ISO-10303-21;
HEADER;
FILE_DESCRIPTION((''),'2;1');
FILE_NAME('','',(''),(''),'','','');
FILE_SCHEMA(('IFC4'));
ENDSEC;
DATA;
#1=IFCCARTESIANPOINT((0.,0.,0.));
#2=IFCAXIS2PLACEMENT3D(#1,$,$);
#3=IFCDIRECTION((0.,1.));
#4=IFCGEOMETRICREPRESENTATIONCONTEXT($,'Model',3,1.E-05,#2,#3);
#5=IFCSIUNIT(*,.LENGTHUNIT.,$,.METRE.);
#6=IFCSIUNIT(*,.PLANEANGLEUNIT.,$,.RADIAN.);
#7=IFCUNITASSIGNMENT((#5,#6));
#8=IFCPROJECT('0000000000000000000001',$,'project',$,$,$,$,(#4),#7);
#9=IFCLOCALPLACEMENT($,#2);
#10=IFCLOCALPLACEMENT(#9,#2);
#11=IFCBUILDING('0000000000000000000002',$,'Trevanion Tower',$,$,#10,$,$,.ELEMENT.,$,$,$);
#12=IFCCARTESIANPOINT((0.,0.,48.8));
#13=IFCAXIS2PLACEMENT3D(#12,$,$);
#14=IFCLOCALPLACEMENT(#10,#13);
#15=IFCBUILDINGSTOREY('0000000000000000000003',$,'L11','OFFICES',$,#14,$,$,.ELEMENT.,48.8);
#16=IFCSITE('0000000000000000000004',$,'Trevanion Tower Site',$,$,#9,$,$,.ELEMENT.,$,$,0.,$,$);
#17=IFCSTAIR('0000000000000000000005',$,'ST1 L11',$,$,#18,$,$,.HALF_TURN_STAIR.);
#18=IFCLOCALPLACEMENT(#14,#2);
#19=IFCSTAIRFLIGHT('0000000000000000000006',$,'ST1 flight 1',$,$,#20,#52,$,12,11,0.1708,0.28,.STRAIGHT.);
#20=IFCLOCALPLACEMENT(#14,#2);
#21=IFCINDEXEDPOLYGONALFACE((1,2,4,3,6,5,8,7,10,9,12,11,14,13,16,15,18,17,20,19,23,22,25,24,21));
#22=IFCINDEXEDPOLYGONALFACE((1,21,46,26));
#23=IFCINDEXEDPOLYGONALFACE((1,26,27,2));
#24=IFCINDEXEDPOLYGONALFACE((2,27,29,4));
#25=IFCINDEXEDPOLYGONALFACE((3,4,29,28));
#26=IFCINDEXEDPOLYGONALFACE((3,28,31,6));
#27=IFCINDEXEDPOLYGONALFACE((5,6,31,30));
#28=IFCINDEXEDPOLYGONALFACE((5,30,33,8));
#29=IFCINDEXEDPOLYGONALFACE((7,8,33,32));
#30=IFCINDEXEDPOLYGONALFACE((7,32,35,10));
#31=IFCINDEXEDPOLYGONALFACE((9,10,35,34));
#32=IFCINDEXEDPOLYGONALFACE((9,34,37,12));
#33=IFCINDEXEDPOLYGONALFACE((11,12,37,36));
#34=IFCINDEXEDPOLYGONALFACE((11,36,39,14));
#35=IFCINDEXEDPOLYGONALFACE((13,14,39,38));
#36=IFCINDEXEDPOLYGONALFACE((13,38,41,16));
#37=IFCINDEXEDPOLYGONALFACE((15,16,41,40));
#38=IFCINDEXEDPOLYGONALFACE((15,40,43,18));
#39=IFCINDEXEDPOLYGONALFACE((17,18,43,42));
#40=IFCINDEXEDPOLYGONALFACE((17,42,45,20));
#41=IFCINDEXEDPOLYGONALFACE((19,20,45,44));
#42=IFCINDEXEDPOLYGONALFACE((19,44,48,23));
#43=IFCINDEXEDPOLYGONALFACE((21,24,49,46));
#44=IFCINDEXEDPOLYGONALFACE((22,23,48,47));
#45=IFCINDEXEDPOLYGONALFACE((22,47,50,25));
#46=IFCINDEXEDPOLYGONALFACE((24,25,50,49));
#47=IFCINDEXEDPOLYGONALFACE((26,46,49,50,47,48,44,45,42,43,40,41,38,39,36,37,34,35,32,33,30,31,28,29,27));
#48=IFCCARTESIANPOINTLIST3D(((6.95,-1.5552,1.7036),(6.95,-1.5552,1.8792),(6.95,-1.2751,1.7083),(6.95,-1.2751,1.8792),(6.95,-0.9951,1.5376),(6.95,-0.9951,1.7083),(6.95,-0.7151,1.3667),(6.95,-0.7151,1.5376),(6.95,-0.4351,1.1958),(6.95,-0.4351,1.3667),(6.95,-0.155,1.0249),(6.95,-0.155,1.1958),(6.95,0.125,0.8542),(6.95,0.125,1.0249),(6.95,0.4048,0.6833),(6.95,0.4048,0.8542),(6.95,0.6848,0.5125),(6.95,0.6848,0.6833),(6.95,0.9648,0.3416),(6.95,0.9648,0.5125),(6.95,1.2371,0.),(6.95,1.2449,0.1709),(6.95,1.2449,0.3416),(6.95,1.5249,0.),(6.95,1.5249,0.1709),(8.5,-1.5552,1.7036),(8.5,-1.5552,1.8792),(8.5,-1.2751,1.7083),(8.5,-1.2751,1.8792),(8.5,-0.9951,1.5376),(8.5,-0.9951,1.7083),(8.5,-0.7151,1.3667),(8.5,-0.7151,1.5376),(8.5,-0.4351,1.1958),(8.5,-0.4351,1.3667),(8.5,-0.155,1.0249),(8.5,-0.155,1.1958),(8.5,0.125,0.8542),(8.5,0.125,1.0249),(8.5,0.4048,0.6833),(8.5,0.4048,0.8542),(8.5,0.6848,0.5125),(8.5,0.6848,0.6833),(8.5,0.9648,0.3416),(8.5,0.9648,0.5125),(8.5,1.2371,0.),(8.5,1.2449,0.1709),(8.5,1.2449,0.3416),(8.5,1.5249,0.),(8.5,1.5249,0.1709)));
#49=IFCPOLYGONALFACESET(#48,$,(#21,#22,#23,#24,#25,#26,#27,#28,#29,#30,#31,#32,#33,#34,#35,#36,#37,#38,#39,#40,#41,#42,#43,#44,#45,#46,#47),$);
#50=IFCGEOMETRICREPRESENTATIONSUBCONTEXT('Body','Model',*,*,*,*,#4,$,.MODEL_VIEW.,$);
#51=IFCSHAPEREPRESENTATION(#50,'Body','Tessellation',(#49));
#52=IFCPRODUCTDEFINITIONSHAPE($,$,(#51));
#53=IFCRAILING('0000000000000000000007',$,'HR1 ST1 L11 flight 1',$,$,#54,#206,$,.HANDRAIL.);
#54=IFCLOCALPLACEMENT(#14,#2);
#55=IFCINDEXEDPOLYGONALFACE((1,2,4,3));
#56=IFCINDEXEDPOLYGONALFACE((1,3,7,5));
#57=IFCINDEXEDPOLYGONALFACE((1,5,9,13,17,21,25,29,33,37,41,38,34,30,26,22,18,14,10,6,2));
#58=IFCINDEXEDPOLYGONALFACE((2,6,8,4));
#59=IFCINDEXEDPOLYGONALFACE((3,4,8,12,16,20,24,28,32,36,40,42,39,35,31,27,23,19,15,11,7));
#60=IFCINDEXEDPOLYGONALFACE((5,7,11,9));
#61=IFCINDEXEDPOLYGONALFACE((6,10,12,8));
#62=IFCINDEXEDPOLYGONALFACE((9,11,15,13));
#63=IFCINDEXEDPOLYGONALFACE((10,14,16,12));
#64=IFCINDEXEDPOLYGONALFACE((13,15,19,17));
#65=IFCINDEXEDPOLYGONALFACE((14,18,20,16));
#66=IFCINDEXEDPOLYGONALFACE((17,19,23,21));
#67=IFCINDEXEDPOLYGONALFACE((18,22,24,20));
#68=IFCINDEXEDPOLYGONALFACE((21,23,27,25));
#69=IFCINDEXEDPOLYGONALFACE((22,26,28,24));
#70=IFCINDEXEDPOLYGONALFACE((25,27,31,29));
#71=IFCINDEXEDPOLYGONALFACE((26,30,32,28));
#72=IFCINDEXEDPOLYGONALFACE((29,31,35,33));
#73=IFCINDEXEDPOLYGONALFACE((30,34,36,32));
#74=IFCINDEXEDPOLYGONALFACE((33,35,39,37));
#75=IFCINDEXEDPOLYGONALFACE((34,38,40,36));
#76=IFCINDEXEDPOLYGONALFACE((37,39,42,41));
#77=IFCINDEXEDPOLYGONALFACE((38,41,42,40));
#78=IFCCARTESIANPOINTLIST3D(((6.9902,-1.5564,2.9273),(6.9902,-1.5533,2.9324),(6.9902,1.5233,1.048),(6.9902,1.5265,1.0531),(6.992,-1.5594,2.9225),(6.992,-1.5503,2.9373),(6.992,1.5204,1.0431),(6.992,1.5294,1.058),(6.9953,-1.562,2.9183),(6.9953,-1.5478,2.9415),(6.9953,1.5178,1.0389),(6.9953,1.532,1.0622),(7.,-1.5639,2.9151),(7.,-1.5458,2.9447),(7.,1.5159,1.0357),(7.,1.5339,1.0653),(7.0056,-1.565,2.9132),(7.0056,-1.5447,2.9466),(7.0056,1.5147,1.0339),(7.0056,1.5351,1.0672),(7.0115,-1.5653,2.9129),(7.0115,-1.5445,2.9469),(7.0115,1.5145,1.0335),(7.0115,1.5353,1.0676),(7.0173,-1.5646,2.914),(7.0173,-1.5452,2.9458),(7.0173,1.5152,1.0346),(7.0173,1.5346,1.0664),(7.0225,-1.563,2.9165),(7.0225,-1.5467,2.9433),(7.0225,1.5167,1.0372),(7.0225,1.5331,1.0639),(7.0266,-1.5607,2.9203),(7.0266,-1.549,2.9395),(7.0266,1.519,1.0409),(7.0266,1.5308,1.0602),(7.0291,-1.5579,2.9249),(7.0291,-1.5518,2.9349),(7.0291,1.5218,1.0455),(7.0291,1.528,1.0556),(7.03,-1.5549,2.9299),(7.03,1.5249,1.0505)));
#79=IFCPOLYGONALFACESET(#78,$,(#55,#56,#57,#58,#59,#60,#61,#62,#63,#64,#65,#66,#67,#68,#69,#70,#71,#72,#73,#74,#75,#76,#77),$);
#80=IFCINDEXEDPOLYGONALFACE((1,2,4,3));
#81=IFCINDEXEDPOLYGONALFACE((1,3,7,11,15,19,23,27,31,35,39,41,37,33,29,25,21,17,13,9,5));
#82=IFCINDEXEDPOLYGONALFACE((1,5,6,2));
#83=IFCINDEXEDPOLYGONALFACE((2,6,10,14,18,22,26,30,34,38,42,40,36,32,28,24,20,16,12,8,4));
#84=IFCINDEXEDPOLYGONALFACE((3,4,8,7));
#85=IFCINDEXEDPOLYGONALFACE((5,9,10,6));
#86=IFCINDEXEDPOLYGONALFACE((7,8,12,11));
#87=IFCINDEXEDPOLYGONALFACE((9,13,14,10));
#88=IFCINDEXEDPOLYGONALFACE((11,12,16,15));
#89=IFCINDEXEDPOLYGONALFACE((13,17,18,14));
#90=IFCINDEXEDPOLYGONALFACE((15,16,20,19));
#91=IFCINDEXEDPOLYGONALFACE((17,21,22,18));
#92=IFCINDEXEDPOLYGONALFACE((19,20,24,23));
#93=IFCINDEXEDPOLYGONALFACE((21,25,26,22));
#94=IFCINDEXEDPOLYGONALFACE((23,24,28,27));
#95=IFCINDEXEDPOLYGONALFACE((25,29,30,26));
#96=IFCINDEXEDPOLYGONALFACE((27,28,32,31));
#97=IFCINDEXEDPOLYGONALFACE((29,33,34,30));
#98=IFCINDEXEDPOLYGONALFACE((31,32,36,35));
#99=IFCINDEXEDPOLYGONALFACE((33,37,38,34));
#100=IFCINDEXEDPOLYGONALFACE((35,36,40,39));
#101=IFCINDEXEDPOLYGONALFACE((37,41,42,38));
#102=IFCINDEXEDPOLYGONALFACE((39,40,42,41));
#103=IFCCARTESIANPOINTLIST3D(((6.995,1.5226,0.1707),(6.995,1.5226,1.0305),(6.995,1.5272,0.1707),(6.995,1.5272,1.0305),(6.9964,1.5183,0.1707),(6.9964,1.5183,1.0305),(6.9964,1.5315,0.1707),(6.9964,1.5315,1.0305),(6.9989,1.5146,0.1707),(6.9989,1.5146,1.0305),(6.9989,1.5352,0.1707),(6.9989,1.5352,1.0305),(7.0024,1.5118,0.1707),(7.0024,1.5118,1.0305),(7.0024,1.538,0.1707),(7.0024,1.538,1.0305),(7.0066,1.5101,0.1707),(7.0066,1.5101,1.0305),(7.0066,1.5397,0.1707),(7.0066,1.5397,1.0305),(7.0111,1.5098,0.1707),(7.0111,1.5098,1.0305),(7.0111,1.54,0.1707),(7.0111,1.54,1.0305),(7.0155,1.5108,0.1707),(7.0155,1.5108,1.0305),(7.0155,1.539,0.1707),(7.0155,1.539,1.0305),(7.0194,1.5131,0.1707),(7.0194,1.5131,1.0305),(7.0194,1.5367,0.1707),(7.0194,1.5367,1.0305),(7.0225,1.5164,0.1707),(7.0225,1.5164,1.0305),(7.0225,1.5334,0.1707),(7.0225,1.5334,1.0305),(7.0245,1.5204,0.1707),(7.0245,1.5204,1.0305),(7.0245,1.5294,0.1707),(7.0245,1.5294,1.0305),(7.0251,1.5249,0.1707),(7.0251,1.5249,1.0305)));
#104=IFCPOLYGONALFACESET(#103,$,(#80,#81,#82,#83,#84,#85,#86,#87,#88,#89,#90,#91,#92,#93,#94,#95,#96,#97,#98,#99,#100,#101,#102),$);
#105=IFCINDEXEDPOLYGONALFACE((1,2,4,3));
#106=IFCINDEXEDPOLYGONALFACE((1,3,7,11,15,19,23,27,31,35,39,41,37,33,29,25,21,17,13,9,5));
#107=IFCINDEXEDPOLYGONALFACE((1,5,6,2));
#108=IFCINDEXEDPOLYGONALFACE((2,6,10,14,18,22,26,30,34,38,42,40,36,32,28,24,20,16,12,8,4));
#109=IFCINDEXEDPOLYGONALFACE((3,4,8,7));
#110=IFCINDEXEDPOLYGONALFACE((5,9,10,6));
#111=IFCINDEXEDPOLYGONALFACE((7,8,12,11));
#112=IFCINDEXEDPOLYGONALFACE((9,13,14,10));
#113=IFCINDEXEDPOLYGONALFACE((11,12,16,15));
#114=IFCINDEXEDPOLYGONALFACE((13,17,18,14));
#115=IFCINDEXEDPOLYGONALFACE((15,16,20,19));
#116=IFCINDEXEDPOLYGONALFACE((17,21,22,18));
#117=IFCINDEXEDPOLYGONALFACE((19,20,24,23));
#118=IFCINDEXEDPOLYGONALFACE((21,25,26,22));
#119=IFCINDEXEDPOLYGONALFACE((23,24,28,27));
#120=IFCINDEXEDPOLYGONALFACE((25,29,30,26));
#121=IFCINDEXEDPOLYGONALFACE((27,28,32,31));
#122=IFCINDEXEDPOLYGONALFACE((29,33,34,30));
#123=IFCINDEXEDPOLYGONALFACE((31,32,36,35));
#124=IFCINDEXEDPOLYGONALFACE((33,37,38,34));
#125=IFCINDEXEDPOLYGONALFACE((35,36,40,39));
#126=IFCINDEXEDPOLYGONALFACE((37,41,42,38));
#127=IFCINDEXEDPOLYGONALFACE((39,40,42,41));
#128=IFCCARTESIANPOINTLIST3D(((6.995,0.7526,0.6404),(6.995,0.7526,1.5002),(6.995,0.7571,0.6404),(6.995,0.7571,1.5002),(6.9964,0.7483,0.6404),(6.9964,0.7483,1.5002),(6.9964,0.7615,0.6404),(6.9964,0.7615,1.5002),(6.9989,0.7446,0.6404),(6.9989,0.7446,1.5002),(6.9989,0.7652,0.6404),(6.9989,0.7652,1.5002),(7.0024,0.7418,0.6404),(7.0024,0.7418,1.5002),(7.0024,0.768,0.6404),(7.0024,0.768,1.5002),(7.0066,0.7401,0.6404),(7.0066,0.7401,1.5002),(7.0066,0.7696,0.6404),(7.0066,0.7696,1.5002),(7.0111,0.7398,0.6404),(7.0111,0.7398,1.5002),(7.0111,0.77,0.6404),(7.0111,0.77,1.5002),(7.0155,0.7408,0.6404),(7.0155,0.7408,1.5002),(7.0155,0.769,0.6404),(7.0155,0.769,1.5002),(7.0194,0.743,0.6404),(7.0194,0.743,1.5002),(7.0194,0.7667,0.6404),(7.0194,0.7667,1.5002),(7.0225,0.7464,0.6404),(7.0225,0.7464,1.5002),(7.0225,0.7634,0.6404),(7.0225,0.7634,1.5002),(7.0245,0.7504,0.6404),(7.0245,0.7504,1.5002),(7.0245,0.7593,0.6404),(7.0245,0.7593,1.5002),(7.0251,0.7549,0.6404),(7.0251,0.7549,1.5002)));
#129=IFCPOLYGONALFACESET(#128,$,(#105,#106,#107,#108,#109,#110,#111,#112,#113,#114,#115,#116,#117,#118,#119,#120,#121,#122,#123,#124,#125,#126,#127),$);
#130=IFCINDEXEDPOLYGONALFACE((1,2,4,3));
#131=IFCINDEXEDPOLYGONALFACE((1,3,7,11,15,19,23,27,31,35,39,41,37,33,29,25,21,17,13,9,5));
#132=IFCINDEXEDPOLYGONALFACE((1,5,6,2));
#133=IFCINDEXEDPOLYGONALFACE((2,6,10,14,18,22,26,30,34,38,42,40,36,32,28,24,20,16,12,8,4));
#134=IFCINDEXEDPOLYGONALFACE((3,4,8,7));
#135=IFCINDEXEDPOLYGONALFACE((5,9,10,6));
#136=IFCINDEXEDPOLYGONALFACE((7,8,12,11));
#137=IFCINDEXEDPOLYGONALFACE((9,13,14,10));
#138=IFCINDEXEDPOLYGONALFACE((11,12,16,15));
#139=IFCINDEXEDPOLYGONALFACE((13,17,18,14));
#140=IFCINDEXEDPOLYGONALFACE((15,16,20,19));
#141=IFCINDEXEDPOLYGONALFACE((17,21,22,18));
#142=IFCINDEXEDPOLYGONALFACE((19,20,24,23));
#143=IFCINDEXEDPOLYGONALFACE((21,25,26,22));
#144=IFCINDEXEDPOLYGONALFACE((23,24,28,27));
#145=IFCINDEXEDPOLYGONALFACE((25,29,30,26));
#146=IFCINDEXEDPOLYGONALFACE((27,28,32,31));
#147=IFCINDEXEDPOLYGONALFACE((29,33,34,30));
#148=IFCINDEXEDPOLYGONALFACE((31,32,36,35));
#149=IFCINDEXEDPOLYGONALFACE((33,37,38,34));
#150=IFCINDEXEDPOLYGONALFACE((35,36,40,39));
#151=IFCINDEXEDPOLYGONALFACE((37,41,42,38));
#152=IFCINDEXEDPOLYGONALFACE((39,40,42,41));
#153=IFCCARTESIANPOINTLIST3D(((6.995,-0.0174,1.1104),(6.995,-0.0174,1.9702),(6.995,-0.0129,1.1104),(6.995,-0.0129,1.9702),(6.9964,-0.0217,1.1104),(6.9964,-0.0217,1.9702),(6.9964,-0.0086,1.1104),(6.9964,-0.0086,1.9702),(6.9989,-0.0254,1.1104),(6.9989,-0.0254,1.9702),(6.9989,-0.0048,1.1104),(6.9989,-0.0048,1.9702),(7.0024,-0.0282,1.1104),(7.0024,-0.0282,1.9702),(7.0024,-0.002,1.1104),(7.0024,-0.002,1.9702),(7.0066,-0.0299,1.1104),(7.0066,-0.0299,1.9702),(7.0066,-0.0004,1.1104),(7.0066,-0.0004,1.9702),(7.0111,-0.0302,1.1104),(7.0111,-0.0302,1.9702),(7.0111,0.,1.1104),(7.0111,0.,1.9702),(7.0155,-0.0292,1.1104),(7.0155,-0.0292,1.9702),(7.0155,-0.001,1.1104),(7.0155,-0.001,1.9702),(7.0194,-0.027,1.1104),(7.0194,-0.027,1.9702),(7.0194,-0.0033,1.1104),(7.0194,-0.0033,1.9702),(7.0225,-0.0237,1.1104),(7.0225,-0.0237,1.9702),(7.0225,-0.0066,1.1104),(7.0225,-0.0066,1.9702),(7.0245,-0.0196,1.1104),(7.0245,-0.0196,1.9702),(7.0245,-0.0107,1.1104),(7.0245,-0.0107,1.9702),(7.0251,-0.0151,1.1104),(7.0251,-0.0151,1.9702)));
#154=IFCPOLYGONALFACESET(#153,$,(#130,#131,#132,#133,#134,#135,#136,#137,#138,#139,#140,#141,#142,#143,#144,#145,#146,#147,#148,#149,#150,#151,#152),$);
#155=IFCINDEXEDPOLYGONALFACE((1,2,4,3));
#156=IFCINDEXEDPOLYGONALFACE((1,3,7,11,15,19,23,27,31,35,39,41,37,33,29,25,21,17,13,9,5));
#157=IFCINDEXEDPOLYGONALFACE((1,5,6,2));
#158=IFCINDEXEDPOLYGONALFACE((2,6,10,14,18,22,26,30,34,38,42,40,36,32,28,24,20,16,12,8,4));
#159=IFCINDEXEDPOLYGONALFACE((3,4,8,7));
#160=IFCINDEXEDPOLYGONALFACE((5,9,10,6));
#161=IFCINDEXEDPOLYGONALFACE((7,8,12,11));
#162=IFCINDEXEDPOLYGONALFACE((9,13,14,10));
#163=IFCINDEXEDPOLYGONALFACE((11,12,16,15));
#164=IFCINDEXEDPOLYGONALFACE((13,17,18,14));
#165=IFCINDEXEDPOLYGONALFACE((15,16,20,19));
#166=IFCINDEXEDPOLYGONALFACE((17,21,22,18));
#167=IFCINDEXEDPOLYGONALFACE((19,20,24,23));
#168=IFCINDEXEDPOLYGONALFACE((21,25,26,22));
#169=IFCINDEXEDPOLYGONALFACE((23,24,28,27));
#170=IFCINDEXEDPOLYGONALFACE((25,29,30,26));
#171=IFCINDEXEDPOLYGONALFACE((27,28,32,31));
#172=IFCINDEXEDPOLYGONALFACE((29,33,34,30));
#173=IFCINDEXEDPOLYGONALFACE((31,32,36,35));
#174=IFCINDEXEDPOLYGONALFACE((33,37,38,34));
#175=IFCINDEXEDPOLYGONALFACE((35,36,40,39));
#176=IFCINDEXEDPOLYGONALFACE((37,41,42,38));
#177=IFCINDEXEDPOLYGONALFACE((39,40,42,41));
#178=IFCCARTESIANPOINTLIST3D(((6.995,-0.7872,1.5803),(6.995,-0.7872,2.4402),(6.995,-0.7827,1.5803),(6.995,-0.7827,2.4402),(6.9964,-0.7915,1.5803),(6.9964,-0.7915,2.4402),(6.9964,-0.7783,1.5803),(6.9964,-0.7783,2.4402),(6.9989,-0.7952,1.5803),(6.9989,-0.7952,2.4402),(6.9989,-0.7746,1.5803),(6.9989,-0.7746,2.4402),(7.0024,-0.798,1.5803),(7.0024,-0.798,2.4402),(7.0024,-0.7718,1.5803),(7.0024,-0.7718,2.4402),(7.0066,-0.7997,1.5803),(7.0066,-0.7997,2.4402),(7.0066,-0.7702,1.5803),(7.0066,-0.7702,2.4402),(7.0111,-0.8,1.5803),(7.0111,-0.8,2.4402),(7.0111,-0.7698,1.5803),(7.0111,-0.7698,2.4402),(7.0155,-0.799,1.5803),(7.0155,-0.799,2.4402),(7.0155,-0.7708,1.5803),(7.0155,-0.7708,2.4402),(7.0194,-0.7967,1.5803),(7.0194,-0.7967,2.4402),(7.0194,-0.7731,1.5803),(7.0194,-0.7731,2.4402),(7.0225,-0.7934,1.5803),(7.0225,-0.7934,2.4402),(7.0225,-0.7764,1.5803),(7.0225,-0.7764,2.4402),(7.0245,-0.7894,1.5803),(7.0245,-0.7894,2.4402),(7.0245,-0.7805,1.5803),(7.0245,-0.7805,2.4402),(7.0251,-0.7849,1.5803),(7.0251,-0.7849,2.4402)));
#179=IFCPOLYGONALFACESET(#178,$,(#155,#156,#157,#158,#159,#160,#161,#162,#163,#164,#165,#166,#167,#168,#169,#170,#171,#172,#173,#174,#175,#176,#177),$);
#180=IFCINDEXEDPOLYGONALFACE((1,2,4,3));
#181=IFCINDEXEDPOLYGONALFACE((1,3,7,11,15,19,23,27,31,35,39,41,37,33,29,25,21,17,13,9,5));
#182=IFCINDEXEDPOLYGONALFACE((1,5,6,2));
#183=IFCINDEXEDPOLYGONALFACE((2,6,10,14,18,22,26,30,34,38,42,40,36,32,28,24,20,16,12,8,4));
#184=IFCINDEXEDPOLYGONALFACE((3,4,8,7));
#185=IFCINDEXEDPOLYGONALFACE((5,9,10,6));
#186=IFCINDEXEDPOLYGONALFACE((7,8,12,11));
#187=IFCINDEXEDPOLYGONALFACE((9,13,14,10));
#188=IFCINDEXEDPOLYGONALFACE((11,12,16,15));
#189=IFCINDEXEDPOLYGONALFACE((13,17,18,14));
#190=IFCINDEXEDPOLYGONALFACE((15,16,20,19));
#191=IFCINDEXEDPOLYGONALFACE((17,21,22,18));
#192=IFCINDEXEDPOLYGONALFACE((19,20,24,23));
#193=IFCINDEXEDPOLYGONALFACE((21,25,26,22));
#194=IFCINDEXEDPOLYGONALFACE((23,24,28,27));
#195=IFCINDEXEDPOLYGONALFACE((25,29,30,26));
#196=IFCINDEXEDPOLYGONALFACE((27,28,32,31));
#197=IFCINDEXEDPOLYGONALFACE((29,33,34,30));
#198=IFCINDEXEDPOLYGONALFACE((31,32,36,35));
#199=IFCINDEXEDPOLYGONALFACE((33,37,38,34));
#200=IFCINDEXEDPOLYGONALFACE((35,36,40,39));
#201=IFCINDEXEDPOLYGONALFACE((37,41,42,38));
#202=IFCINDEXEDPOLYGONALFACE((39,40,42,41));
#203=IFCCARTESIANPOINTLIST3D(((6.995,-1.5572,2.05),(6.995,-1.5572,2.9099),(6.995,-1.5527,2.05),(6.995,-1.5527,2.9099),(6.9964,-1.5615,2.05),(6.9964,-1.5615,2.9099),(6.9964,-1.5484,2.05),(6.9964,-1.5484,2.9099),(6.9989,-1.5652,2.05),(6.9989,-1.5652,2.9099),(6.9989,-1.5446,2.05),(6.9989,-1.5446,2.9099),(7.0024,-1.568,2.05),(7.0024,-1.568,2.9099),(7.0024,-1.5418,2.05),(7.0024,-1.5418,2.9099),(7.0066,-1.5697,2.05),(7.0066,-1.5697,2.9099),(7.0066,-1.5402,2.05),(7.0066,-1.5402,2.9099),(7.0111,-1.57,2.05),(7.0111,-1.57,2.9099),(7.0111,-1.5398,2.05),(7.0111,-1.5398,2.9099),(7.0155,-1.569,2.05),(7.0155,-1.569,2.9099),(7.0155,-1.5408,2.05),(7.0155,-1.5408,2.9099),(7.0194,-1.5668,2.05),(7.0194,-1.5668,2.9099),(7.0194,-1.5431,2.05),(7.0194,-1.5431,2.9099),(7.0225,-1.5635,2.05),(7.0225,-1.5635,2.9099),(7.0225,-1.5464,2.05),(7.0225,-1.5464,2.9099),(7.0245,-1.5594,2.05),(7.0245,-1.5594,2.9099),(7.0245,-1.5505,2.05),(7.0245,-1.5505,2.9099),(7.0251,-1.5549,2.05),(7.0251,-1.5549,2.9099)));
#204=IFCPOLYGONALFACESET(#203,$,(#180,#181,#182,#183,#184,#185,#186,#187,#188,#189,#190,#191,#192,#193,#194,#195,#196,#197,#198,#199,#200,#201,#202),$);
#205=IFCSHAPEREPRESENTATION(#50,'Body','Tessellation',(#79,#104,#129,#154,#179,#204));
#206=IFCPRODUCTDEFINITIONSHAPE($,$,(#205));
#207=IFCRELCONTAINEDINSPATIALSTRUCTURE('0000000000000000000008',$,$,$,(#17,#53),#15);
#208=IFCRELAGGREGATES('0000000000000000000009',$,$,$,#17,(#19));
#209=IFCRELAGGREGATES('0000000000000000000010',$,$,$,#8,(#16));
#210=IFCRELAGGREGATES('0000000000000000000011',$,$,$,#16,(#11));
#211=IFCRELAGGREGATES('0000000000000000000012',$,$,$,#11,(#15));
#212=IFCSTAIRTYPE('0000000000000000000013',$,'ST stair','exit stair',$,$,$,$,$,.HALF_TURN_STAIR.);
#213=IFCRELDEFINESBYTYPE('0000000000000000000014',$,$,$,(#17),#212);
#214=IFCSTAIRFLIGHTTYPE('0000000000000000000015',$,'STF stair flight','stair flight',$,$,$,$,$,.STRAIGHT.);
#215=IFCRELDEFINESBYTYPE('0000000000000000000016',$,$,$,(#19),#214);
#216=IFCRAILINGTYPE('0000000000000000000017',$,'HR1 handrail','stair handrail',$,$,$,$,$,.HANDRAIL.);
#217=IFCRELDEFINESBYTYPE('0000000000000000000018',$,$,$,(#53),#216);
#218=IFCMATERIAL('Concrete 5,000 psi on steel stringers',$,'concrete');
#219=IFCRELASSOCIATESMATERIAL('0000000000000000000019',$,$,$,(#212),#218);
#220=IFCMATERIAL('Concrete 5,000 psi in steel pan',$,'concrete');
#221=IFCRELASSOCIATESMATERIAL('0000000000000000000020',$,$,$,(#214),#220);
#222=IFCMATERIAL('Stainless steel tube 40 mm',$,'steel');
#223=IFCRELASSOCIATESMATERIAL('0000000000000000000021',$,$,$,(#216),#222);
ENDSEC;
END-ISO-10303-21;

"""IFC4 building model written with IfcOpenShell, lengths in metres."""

from ifc_helpers import new_model, si_unit, direction, frame, origin, origin_2d, place, context, subcontext, project, spatial, polyline, circle, outline, extrude, material, type_object, element, aggregate, save


model = new_model("IFC4")

# Units and contexts
model_context = context("Model", 3, precision=1e-05, world=origin(), true_north=direction((0.0, 1.0)))
body_context = subcontext(model_context, "Body", "Model", "MODEL_VIEW")
ifc_project = project(units=[si_unit("LENGTHUNIT", "METRE"), si_unit("PLANEANGLEUNIT", "RADIAN")], contexts=[model_context])

# Site, building, storey
site_placement = place(None, origin())
site = spatial("IfcSite", under=ifc_project, at=site_placement, Name="Trevanion Tower Site", CompositionType="ELEMENT", RefElevation=0.0)
building_placement = place(site_placement, origin())
building = spatial("IfcBuilding", under=site, at=building_placement, Name="Trevanion Tower", CompositionType="ELEMENT")
storey_placement = place(building_placement, frame((0.0, 0.0, 48.8)))
storey = spatial("IfcBuildingStorey", under=building, at=storey_placement, Name="L11", Description="OFFICES", CompositionType="ELEMENT", Elevation=48.8)

# Stair, stair flight
ifc_material_1 = material(Name="Concrete 5,000 psi on steel stringers", Category="concrete")
stair_type = type_object("IfcStairType", Name="ST stair", Description="exit stair", PredefinedType="HALF_TURN_STAIR", material=ifc_material_1)
stair_placement = place(storey_placement, origin())
stair = element("IfcStair", 1, at=stair_placement, inside=storey, type_object=stair_type, Name="ST1 L11", PredefinedType="HALF_TURN_STAIR")
ifc_material_2 = material(Name="Concrete 5,000 psi in steel pan", Category="concrete")
stair_flight_type = type_object("IfcStairFlightType", Name="STF stair flight", Description="stair flight", PredefinedType="STRAIGHT", material=ifc_material_2)
stair_flight_placement = place(storey_placement, frame((7.7251, 1.5249, 0.0), z_axis=(0.0, 0.0, 1.0), x_axis=(0.0, -1.0, 0.0)))
stair_flight = element("IfcStairFlight", 2, at=stair_flight_placement, type_object=stair_flight_type, Name="ST1 flight 1", NumberOfRisers=12, NumberOfTreads=11, PredefinedType="STRAIGHT", RiserHeight=0.1708, TreadLength=0.28, context=body_context, shape_type="SweptSolid", body=[
    extrude(outline(polyline([(0.0, 0.0), (0.0, 0.1709), (0.28, 0.1709), (0.28, 0.3416), (0.5601, 0.3416), (0.5601, 0.5125), (0.8401, 0.5125), (0.8401, 0.6833), (1.1201, 0.6833), (1.1201, 0.8542), (1.3999, 0.8542), (1.3999, 1.0249), (1.6799, 1.0249), (1.6799, 1.1958), (1.96, 1.1958), (1.96, 1.3667), (2.24, 1.3667), (2.24, 1.5376), (2.52, 1.5376), (2.52, 1.7083), (2.8, 1.7083), (2.8, 1.8792), (3.0801, 1.8792), (3.0801, 2.05), (3.0801, 1.7036), (0.2878, 0.0), (0.0, 0.0)])), frame((0.0, 0.7749, 0.0), z_axis=(0.0, -1.0, 0.0), x_axis=(1.0, 0.0, 0.0)), (0.0, 0.0, 1.0), 1.55),
])
aggregate(stair, [stair_flight])

# Railing
ifc_material_3 = material(Name="Stainless steel tube 40 mm", Category="steel")
railing_type = type_object("IfcRailingType", Name="HR1 handrail", Description="stair handrail", PredefinedType="HANDRAIL", material=ifc_material_3)
for number, where, name in (
    (3, (7.01, 1.5249, 0.1707), "HR1 ST1 L11 flight 1"),
):
    element("IfcRailing", number, at=place(storey_placement, frame(where)), inside=storey, type_object=railing_type, Name=name, PredefinedType="HANDRAIL", context=body_context, shape_type="SweptSolid", body=[
        extrude(circle(Radius=0.02, at=origin_2d()), frame((0.0, 0.0, 0.8799), z_axis=(0.0, -0.853618, 0.5209), x_axis=(1.0, 0.0, 0.0)), (0.0, 0.0, 1.0), 3.6079),
        extrude(circle(Radius=0.0151, at=origin_2d()), origin(), (0.0, 0.0, 1.0), 0.8599),
        extrude(circle(Radius=0.0151, at=origin_2d()), frame((0.0, -0.77, 0.4697)), (0.0, 0.0, 1.0), 0.8599),
        extrude(circle(Radius=0.0151, at=origin_2d()), frame((0.0, -1.54, 0.9397)), (0.0, 0.0, 1.0), 0.8599),
        extrude(circle(Radius=0.0151, at=origin_2d()), frame((0.0, -2.3098, 1.4097)), (0.0, 0.0, 1.0), 0.8599),
        extrude(circle(Radius=0.0151, at=origin_2d()), frame((0.0, -3.0798, 1.8794)), (0.0, 0.0, 1.0), 0.8599),
    ])

save(model, "model.ifc")
